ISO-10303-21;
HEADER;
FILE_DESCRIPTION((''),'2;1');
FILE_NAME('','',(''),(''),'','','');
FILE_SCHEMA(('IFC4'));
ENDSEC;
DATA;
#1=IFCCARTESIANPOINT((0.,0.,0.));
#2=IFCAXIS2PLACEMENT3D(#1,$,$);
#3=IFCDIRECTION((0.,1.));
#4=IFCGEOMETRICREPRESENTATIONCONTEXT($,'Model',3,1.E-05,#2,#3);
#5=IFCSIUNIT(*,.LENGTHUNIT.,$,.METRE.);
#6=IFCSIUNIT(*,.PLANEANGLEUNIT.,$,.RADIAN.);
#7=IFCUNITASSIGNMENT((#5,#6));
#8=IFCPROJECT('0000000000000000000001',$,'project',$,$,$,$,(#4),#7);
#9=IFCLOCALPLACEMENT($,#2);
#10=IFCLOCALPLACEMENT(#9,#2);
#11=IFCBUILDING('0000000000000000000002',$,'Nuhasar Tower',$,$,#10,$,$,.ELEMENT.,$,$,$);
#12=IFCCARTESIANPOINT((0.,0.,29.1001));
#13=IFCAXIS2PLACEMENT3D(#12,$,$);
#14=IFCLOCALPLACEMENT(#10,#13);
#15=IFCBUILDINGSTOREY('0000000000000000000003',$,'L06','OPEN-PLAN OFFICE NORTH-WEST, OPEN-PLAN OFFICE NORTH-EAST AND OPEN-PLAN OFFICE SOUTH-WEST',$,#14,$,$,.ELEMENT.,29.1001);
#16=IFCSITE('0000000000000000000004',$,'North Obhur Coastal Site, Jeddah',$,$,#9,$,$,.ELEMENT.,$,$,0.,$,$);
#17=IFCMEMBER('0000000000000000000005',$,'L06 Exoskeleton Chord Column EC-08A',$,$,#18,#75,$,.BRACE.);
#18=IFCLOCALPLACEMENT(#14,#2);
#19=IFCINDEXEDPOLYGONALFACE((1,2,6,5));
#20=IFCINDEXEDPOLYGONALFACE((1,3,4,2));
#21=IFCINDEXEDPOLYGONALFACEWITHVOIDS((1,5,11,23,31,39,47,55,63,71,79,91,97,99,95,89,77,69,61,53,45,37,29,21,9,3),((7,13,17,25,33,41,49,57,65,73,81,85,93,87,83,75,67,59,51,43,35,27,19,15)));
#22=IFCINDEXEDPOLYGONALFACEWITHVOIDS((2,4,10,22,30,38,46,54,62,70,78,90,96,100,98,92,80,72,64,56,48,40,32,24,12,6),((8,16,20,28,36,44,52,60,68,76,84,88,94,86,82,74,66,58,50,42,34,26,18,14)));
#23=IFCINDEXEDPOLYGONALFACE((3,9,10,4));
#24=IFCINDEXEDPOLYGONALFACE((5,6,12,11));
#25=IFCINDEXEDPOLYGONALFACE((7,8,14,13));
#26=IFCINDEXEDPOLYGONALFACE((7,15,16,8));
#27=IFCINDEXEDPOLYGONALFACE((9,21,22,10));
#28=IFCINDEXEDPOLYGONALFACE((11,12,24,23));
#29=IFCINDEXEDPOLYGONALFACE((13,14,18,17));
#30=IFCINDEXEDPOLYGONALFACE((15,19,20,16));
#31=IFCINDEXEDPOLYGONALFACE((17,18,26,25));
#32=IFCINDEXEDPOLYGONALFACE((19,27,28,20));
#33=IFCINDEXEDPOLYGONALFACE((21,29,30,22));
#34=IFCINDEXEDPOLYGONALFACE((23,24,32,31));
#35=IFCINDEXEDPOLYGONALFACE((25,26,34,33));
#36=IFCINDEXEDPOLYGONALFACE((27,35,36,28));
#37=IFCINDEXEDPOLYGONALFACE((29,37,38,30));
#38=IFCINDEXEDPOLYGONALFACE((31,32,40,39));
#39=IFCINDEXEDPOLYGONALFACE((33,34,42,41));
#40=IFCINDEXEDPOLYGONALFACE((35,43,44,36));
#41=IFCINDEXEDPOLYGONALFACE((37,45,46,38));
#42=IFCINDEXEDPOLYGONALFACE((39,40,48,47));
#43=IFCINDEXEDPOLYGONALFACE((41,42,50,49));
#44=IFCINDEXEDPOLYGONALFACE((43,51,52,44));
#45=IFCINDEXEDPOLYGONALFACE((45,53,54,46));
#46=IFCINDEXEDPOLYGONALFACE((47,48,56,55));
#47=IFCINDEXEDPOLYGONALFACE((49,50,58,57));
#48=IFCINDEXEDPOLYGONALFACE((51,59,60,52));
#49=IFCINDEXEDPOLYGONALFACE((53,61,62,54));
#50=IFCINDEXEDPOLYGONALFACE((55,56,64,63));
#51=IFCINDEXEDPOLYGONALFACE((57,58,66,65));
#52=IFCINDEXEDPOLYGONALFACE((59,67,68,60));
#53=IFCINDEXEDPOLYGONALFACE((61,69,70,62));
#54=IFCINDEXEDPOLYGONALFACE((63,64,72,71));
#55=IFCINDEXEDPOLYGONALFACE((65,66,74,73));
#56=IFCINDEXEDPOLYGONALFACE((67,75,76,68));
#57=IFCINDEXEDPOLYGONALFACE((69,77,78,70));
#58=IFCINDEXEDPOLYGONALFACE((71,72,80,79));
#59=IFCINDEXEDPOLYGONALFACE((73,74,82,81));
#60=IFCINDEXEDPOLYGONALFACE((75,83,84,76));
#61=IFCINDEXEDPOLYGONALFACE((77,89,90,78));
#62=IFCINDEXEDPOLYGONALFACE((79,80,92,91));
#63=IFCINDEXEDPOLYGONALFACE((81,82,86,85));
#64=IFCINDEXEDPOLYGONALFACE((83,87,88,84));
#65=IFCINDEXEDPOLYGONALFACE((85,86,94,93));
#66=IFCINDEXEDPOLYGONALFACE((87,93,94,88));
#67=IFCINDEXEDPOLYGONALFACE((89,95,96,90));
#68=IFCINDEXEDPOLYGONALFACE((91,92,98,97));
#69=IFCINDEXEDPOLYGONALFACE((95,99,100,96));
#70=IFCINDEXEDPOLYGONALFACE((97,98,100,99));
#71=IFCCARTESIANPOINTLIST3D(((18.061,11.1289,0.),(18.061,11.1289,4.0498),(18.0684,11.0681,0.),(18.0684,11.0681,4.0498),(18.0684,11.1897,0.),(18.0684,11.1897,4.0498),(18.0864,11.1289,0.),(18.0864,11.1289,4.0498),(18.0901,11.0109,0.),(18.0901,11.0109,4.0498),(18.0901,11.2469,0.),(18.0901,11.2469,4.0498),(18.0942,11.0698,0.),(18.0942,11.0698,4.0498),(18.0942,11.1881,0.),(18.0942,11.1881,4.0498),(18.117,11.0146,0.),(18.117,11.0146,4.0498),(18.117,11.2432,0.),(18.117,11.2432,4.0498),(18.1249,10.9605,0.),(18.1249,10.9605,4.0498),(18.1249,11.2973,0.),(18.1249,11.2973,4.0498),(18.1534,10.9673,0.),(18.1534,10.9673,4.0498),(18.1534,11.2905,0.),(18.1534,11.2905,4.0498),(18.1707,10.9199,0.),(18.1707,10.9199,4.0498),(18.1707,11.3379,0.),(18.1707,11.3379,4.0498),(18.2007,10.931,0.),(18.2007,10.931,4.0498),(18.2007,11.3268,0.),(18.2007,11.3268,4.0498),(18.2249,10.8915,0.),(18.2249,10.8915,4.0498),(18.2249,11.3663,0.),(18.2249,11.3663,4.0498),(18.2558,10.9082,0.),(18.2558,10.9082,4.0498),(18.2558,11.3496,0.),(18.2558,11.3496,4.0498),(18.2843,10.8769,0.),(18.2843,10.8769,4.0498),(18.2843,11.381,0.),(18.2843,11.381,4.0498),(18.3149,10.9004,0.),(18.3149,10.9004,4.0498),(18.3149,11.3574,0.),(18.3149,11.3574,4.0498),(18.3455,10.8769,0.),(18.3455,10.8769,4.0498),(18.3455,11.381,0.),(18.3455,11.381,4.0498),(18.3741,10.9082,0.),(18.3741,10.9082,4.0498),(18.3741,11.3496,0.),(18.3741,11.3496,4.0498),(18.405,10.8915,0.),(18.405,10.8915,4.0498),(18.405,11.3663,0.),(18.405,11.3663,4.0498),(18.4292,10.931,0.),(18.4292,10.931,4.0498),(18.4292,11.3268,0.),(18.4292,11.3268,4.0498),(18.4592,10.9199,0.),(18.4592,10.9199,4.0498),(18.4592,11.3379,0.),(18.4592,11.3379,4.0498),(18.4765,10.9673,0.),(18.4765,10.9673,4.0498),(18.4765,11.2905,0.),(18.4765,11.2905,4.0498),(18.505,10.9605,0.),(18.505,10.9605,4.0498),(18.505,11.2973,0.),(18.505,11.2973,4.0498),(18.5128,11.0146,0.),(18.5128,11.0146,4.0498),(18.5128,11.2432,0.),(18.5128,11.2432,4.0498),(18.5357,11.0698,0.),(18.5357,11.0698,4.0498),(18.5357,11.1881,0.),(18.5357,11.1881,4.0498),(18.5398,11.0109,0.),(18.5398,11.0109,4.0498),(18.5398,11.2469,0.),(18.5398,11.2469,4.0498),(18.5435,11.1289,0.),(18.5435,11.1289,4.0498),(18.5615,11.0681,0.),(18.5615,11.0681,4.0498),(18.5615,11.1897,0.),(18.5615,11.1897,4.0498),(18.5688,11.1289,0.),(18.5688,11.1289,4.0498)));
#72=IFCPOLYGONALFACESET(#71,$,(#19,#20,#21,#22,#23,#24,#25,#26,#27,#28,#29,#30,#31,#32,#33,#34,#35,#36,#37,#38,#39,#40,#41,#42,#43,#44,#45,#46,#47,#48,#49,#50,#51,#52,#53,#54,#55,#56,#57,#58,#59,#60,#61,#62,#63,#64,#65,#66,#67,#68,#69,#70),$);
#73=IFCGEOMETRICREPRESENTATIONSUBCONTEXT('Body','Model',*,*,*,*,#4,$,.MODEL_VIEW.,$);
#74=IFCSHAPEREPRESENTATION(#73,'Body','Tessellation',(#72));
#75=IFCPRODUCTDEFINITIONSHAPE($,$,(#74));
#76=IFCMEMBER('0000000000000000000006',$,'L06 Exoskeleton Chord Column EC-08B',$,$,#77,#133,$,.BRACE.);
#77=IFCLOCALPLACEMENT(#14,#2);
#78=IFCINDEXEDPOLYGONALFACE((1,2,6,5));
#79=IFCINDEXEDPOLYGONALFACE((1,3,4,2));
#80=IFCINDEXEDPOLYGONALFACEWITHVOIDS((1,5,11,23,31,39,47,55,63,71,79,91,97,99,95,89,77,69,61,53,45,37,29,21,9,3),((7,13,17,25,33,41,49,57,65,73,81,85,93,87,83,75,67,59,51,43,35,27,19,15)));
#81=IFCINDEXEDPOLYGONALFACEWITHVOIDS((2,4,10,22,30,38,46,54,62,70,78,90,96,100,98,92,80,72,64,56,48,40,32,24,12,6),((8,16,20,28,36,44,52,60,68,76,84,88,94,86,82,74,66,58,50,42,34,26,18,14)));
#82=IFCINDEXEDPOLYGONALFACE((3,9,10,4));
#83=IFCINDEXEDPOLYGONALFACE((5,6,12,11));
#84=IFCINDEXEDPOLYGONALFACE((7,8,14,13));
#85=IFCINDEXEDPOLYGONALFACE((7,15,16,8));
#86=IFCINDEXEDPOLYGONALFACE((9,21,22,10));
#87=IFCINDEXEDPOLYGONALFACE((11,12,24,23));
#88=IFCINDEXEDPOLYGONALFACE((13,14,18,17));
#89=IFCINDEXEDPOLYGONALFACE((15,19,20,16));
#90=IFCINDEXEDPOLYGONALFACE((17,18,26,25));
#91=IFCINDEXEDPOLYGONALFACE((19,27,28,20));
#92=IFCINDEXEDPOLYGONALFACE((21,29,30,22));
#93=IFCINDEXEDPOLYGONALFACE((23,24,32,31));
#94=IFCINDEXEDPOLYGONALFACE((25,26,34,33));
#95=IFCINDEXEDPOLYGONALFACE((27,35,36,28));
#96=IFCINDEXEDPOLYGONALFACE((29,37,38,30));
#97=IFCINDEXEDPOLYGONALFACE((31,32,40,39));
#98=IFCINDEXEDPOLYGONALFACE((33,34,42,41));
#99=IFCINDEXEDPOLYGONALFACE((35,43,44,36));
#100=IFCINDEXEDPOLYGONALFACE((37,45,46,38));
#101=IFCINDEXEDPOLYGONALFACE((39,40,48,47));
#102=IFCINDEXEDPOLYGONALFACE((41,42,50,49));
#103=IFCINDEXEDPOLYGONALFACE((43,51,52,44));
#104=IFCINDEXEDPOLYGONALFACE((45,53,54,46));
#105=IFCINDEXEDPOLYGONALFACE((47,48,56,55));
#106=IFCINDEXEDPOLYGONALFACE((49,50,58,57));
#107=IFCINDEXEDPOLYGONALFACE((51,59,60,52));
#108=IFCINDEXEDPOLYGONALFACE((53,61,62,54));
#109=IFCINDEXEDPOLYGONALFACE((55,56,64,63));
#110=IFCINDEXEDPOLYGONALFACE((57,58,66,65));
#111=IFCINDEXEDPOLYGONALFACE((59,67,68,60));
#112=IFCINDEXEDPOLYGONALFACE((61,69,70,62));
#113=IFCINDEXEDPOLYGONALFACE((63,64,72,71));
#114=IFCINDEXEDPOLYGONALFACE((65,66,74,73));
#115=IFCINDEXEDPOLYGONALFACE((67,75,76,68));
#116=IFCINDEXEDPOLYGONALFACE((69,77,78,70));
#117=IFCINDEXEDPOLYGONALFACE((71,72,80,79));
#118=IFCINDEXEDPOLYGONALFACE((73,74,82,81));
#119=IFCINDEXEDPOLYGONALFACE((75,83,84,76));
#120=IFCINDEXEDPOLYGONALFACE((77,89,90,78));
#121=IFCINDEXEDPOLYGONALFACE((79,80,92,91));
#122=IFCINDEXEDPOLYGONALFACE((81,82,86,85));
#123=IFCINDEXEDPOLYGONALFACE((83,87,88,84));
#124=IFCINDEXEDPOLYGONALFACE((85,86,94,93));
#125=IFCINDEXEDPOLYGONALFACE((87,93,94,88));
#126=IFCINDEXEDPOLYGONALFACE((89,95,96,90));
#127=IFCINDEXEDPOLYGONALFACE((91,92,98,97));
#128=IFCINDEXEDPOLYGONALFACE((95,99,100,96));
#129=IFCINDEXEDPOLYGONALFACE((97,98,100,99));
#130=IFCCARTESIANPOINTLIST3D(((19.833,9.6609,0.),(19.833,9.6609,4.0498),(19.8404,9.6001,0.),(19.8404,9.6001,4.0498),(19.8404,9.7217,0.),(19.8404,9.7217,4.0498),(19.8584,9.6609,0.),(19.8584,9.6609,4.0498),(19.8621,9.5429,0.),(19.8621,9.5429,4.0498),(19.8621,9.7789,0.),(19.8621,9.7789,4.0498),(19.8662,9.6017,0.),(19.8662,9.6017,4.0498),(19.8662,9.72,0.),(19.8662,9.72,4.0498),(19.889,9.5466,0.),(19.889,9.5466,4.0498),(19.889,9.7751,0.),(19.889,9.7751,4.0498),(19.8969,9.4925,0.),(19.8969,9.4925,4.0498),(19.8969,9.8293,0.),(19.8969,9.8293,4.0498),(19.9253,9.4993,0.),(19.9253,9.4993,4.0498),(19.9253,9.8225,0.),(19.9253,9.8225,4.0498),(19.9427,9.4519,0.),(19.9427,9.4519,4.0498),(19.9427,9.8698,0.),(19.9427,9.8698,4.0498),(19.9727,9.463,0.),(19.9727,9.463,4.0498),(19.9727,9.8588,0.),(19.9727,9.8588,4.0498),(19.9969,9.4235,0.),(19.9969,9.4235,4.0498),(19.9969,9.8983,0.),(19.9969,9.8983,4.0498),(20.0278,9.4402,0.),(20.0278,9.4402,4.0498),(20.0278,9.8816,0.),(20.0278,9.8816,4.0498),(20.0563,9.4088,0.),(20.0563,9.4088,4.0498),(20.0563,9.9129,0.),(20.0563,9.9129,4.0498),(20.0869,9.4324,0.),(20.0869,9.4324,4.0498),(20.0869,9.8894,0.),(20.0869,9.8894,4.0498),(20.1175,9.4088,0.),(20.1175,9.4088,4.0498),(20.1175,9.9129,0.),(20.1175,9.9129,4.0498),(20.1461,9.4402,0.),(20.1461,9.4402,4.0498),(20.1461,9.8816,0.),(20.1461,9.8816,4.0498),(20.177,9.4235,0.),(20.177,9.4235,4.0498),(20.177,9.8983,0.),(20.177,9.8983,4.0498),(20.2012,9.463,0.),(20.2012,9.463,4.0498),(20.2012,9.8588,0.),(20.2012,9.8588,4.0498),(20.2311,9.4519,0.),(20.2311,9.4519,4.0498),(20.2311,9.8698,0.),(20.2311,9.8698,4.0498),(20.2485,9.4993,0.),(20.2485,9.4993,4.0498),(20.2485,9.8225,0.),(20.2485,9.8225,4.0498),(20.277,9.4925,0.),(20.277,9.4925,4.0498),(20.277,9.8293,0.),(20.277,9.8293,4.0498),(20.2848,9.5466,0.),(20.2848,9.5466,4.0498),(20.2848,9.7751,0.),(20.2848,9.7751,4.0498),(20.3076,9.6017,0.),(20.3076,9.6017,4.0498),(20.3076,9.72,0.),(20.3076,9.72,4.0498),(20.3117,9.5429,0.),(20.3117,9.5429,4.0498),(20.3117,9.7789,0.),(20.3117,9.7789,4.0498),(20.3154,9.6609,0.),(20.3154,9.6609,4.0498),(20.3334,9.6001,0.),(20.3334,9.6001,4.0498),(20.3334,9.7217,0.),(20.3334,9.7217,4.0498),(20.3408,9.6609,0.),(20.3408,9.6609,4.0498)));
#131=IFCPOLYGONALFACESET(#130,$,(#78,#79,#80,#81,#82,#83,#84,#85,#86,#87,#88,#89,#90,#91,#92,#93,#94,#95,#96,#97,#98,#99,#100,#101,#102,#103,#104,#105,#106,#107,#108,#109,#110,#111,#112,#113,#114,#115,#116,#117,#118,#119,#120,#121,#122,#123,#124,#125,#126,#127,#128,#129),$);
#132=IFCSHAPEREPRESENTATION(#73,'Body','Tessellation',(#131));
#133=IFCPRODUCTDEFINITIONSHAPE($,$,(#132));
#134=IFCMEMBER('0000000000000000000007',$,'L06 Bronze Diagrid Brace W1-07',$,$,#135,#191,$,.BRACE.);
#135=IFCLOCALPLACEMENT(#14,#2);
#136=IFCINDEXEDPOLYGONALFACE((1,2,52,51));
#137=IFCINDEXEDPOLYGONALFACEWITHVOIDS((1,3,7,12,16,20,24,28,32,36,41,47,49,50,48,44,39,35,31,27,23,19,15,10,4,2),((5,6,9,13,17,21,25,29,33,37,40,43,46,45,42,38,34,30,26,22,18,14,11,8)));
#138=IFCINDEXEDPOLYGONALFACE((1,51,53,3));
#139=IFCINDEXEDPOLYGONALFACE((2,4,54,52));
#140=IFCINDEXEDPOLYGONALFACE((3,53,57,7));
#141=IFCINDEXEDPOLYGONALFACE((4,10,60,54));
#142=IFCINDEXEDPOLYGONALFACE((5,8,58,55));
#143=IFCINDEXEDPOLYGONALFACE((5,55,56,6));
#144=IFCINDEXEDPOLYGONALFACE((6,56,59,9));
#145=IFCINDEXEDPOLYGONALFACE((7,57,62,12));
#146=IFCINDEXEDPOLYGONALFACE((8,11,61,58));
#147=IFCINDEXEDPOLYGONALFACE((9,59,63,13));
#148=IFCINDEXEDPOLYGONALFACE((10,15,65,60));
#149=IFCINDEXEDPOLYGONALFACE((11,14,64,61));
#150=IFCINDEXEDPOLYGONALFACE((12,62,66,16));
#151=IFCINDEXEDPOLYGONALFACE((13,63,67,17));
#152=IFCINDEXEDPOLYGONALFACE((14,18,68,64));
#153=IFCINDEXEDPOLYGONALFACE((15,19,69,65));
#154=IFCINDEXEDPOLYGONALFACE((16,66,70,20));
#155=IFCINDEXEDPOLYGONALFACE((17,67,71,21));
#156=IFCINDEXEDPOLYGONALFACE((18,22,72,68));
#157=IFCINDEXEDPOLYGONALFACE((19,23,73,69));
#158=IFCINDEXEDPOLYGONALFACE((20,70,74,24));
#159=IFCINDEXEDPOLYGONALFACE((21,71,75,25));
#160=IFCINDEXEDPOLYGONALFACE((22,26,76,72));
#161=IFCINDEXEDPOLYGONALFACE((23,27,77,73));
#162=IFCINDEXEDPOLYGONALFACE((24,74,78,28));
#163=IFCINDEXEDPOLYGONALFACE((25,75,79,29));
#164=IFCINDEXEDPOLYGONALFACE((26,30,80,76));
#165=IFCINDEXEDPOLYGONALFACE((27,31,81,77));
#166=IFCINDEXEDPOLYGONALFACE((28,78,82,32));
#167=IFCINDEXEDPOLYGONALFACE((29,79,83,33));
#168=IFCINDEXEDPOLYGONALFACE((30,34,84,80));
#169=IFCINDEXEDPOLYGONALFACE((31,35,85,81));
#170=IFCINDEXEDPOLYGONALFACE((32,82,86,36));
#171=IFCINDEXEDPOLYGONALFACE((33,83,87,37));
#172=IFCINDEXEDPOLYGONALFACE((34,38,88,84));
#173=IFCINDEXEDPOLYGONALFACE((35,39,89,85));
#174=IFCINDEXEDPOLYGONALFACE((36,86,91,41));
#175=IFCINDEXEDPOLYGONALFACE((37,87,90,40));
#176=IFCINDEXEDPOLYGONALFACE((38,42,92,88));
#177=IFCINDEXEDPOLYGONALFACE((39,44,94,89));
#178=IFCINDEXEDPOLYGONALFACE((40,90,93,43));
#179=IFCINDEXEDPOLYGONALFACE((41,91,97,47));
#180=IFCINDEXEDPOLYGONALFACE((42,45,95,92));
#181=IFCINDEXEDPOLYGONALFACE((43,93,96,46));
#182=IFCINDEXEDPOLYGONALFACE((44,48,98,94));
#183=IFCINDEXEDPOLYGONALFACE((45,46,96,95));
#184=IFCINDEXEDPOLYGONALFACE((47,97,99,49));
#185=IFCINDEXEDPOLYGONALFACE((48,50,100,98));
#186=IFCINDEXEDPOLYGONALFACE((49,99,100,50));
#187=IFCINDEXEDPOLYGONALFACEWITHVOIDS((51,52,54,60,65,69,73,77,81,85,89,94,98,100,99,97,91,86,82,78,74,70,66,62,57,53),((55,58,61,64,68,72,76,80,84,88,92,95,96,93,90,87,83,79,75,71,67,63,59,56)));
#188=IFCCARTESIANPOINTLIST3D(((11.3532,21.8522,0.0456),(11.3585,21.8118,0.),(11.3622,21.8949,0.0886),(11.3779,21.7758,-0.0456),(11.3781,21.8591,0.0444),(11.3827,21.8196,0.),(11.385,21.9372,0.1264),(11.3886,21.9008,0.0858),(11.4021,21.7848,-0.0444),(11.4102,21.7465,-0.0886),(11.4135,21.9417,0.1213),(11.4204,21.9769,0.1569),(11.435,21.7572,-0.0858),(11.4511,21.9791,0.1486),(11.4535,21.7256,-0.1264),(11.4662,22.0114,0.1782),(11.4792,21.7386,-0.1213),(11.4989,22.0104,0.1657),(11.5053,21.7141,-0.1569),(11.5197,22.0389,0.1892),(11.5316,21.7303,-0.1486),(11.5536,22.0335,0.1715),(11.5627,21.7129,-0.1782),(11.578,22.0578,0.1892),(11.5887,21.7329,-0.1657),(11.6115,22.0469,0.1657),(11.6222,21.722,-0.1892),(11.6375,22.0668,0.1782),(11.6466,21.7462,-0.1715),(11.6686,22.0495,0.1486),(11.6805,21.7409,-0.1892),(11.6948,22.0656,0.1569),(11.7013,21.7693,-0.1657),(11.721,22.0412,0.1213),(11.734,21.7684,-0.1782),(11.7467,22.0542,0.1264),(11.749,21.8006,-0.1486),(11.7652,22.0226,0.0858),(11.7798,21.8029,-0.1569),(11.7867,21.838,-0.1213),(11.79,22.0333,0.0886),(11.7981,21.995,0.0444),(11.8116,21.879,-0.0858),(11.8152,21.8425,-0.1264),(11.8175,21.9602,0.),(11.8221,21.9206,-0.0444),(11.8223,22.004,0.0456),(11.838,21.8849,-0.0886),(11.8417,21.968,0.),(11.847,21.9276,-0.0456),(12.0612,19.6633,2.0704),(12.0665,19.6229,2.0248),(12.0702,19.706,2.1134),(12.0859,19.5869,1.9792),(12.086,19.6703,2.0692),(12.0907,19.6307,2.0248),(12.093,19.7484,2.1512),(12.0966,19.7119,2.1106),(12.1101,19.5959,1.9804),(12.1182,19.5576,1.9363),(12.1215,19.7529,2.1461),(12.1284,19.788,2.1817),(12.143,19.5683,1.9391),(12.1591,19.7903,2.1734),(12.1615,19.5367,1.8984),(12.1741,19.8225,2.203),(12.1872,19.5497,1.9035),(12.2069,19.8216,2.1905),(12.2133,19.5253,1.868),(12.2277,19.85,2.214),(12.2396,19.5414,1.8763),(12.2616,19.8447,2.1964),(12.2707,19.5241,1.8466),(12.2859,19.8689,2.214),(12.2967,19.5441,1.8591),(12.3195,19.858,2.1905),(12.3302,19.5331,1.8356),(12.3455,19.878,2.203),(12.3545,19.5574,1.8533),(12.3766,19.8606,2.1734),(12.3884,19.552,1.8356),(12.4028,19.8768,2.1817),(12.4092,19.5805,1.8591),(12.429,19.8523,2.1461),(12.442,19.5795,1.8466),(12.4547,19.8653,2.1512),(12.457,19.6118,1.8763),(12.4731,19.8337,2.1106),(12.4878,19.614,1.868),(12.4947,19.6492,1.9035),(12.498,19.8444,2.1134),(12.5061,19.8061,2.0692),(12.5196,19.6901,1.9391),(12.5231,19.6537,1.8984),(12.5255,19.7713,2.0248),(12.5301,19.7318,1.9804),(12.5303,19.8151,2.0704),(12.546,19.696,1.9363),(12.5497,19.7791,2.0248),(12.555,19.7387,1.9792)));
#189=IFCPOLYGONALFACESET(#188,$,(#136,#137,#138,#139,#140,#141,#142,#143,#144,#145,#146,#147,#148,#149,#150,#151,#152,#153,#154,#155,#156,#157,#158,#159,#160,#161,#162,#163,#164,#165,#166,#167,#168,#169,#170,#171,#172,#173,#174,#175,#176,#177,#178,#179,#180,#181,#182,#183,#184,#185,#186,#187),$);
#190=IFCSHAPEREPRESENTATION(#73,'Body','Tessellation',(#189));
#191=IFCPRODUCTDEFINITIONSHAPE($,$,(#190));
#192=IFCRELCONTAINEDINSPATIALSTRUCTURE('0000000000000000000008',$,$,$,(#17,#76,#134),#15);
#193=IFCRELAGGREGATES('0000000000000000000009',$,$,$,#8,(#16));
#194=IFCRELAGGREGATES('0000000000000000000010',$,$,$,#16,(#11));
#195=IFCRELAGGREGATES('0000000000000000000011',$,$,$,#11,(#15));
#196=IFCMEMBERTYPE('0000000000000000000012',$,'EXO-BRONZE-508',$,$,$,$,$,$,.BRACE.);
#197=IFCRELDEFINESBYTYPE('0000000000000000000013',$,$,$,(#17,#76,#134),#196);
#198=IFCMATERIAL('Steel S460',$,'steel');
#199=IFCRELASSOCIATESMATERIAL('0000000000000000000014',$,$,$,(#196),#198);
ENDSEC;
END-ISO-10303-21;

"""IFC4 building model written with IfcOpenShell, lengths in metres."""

from ifc_helpers import new_model, si_unit, direction, frame, origin, origin_2d, place, context, subcontext, project, spatial, hollow_circle, extrude, material, material_profile, profile_set, type_object, element, save


model = new_model("IFC4")

# Units and contexts
model_context = context("Model", 3, precision=1e-05, world=origin(), true_north=direction((0.0, 1.0)))
body_context = subcontext(model_context, "Body", "Model", "MODEL_VIEW")
ifc_project = project(units=[si_unit("LENGTHUNIT", "METRE"), si_unit("PLANEANGLEUNIT", "RADIAN")], contexts=[model_context])

# Site, building, storey
site_placement = place(None, origin())
site = spatial("IfcSite", under=ifc_project, at=site_placement, Name="North Obhur Coastal Site, Jeddah", CompositionType="ELEMENT", RefElevation=0.0)
building_placement = place(site_placement, origin())
building = spatial("IfcBuilding", under=site, at=building_placement, Name="Nuhasar Tower", CompositionType="ELEMENT")
storey_placement = place(building_placement, frame((0.0, 0.0, 29.1001)))
storey = spatial("IfcBuildingStorey", under=building, at=storey_placement, Name="L06", Description="OPEN-PLAN OFFICE NORTH-WEST, OPEN-PLAN OFFICE NORTH-EAST AND OPEN-PLAN OFFICE SOUTH-WEST", CompositionType="ELEMENT", Elevation=29.1001)

# Members
ifc_material_1 = material(Name="Steel S460", Category="steel")
ifc_material_profile_1 = material_profile(ifc_material_1, hollow_circle(Radius=0.2539, WallThickness=0.0254, at=origin_2d()), Name="HSS508X25.4")
ifc_profile_set_1 = profile_set([ifc_material_profile_1], Name="Steel S460")
member_type_1 = type_object("IfcMemberType", Name="EXO-BRONZE-508", PredefinedType="BRACE", material=ifc_profile_set_1)
for number, where, z_axis, x_axis, name in (
    (1, (18.3149, 11.1289, 0.0), (0.0, 0.0, 1.0), (1.0, 0.0, 0.0), "L06 Exoskeleton Chord Column EC-08A"),
    (2, (20.0869, 9.6609, 0.0), (0.0, 0.0, 1.0), (1.0, 0.0, 0.0), "L06 Exoskeleton Chord Column EC-08B"),
):
    element("IfcMember", number, at=place(storey_placement, frame(where, z_axis=z_axis, x_axis=x_axis)), inside=storey, type_object=member_type_1, Name=name, PredefinedType="BRACE", context=body_context, shape_type="SweptSolid", body=[
        extrude(hollow_circle(Radius=0.2539, WallThickness=0.0254, at=origin_2d()), origin(), (0.0, 0.0, 1.0), 4.0498),
    ])
for number, where, z_axis, x_axis, name in (
    (3, (11.6001, 21.8899, 0.0), (0.231012, -0.714225, 0.660694), (0.951468, 0.307747, 0.0), "L06 Bronze Diagrid Brace W1-07"),
):
    element("IfcMember", number, at=place(storey_placement, frame(where, z_axis=z_axis, x_axis=x_axis)), inside=storey, type_object=member_type_1, Name=name, PredefinedType="BRACE", context=body_context, shape_type="SweptSolid", body=[
        extrude(hollow_circle(Radius=0.2539, WallThickness=0.0254, at=origin_2d()), origin(), (0.0, 0.0, 1.0), 3.0647),
    ])

save(model, "model.ifc")
